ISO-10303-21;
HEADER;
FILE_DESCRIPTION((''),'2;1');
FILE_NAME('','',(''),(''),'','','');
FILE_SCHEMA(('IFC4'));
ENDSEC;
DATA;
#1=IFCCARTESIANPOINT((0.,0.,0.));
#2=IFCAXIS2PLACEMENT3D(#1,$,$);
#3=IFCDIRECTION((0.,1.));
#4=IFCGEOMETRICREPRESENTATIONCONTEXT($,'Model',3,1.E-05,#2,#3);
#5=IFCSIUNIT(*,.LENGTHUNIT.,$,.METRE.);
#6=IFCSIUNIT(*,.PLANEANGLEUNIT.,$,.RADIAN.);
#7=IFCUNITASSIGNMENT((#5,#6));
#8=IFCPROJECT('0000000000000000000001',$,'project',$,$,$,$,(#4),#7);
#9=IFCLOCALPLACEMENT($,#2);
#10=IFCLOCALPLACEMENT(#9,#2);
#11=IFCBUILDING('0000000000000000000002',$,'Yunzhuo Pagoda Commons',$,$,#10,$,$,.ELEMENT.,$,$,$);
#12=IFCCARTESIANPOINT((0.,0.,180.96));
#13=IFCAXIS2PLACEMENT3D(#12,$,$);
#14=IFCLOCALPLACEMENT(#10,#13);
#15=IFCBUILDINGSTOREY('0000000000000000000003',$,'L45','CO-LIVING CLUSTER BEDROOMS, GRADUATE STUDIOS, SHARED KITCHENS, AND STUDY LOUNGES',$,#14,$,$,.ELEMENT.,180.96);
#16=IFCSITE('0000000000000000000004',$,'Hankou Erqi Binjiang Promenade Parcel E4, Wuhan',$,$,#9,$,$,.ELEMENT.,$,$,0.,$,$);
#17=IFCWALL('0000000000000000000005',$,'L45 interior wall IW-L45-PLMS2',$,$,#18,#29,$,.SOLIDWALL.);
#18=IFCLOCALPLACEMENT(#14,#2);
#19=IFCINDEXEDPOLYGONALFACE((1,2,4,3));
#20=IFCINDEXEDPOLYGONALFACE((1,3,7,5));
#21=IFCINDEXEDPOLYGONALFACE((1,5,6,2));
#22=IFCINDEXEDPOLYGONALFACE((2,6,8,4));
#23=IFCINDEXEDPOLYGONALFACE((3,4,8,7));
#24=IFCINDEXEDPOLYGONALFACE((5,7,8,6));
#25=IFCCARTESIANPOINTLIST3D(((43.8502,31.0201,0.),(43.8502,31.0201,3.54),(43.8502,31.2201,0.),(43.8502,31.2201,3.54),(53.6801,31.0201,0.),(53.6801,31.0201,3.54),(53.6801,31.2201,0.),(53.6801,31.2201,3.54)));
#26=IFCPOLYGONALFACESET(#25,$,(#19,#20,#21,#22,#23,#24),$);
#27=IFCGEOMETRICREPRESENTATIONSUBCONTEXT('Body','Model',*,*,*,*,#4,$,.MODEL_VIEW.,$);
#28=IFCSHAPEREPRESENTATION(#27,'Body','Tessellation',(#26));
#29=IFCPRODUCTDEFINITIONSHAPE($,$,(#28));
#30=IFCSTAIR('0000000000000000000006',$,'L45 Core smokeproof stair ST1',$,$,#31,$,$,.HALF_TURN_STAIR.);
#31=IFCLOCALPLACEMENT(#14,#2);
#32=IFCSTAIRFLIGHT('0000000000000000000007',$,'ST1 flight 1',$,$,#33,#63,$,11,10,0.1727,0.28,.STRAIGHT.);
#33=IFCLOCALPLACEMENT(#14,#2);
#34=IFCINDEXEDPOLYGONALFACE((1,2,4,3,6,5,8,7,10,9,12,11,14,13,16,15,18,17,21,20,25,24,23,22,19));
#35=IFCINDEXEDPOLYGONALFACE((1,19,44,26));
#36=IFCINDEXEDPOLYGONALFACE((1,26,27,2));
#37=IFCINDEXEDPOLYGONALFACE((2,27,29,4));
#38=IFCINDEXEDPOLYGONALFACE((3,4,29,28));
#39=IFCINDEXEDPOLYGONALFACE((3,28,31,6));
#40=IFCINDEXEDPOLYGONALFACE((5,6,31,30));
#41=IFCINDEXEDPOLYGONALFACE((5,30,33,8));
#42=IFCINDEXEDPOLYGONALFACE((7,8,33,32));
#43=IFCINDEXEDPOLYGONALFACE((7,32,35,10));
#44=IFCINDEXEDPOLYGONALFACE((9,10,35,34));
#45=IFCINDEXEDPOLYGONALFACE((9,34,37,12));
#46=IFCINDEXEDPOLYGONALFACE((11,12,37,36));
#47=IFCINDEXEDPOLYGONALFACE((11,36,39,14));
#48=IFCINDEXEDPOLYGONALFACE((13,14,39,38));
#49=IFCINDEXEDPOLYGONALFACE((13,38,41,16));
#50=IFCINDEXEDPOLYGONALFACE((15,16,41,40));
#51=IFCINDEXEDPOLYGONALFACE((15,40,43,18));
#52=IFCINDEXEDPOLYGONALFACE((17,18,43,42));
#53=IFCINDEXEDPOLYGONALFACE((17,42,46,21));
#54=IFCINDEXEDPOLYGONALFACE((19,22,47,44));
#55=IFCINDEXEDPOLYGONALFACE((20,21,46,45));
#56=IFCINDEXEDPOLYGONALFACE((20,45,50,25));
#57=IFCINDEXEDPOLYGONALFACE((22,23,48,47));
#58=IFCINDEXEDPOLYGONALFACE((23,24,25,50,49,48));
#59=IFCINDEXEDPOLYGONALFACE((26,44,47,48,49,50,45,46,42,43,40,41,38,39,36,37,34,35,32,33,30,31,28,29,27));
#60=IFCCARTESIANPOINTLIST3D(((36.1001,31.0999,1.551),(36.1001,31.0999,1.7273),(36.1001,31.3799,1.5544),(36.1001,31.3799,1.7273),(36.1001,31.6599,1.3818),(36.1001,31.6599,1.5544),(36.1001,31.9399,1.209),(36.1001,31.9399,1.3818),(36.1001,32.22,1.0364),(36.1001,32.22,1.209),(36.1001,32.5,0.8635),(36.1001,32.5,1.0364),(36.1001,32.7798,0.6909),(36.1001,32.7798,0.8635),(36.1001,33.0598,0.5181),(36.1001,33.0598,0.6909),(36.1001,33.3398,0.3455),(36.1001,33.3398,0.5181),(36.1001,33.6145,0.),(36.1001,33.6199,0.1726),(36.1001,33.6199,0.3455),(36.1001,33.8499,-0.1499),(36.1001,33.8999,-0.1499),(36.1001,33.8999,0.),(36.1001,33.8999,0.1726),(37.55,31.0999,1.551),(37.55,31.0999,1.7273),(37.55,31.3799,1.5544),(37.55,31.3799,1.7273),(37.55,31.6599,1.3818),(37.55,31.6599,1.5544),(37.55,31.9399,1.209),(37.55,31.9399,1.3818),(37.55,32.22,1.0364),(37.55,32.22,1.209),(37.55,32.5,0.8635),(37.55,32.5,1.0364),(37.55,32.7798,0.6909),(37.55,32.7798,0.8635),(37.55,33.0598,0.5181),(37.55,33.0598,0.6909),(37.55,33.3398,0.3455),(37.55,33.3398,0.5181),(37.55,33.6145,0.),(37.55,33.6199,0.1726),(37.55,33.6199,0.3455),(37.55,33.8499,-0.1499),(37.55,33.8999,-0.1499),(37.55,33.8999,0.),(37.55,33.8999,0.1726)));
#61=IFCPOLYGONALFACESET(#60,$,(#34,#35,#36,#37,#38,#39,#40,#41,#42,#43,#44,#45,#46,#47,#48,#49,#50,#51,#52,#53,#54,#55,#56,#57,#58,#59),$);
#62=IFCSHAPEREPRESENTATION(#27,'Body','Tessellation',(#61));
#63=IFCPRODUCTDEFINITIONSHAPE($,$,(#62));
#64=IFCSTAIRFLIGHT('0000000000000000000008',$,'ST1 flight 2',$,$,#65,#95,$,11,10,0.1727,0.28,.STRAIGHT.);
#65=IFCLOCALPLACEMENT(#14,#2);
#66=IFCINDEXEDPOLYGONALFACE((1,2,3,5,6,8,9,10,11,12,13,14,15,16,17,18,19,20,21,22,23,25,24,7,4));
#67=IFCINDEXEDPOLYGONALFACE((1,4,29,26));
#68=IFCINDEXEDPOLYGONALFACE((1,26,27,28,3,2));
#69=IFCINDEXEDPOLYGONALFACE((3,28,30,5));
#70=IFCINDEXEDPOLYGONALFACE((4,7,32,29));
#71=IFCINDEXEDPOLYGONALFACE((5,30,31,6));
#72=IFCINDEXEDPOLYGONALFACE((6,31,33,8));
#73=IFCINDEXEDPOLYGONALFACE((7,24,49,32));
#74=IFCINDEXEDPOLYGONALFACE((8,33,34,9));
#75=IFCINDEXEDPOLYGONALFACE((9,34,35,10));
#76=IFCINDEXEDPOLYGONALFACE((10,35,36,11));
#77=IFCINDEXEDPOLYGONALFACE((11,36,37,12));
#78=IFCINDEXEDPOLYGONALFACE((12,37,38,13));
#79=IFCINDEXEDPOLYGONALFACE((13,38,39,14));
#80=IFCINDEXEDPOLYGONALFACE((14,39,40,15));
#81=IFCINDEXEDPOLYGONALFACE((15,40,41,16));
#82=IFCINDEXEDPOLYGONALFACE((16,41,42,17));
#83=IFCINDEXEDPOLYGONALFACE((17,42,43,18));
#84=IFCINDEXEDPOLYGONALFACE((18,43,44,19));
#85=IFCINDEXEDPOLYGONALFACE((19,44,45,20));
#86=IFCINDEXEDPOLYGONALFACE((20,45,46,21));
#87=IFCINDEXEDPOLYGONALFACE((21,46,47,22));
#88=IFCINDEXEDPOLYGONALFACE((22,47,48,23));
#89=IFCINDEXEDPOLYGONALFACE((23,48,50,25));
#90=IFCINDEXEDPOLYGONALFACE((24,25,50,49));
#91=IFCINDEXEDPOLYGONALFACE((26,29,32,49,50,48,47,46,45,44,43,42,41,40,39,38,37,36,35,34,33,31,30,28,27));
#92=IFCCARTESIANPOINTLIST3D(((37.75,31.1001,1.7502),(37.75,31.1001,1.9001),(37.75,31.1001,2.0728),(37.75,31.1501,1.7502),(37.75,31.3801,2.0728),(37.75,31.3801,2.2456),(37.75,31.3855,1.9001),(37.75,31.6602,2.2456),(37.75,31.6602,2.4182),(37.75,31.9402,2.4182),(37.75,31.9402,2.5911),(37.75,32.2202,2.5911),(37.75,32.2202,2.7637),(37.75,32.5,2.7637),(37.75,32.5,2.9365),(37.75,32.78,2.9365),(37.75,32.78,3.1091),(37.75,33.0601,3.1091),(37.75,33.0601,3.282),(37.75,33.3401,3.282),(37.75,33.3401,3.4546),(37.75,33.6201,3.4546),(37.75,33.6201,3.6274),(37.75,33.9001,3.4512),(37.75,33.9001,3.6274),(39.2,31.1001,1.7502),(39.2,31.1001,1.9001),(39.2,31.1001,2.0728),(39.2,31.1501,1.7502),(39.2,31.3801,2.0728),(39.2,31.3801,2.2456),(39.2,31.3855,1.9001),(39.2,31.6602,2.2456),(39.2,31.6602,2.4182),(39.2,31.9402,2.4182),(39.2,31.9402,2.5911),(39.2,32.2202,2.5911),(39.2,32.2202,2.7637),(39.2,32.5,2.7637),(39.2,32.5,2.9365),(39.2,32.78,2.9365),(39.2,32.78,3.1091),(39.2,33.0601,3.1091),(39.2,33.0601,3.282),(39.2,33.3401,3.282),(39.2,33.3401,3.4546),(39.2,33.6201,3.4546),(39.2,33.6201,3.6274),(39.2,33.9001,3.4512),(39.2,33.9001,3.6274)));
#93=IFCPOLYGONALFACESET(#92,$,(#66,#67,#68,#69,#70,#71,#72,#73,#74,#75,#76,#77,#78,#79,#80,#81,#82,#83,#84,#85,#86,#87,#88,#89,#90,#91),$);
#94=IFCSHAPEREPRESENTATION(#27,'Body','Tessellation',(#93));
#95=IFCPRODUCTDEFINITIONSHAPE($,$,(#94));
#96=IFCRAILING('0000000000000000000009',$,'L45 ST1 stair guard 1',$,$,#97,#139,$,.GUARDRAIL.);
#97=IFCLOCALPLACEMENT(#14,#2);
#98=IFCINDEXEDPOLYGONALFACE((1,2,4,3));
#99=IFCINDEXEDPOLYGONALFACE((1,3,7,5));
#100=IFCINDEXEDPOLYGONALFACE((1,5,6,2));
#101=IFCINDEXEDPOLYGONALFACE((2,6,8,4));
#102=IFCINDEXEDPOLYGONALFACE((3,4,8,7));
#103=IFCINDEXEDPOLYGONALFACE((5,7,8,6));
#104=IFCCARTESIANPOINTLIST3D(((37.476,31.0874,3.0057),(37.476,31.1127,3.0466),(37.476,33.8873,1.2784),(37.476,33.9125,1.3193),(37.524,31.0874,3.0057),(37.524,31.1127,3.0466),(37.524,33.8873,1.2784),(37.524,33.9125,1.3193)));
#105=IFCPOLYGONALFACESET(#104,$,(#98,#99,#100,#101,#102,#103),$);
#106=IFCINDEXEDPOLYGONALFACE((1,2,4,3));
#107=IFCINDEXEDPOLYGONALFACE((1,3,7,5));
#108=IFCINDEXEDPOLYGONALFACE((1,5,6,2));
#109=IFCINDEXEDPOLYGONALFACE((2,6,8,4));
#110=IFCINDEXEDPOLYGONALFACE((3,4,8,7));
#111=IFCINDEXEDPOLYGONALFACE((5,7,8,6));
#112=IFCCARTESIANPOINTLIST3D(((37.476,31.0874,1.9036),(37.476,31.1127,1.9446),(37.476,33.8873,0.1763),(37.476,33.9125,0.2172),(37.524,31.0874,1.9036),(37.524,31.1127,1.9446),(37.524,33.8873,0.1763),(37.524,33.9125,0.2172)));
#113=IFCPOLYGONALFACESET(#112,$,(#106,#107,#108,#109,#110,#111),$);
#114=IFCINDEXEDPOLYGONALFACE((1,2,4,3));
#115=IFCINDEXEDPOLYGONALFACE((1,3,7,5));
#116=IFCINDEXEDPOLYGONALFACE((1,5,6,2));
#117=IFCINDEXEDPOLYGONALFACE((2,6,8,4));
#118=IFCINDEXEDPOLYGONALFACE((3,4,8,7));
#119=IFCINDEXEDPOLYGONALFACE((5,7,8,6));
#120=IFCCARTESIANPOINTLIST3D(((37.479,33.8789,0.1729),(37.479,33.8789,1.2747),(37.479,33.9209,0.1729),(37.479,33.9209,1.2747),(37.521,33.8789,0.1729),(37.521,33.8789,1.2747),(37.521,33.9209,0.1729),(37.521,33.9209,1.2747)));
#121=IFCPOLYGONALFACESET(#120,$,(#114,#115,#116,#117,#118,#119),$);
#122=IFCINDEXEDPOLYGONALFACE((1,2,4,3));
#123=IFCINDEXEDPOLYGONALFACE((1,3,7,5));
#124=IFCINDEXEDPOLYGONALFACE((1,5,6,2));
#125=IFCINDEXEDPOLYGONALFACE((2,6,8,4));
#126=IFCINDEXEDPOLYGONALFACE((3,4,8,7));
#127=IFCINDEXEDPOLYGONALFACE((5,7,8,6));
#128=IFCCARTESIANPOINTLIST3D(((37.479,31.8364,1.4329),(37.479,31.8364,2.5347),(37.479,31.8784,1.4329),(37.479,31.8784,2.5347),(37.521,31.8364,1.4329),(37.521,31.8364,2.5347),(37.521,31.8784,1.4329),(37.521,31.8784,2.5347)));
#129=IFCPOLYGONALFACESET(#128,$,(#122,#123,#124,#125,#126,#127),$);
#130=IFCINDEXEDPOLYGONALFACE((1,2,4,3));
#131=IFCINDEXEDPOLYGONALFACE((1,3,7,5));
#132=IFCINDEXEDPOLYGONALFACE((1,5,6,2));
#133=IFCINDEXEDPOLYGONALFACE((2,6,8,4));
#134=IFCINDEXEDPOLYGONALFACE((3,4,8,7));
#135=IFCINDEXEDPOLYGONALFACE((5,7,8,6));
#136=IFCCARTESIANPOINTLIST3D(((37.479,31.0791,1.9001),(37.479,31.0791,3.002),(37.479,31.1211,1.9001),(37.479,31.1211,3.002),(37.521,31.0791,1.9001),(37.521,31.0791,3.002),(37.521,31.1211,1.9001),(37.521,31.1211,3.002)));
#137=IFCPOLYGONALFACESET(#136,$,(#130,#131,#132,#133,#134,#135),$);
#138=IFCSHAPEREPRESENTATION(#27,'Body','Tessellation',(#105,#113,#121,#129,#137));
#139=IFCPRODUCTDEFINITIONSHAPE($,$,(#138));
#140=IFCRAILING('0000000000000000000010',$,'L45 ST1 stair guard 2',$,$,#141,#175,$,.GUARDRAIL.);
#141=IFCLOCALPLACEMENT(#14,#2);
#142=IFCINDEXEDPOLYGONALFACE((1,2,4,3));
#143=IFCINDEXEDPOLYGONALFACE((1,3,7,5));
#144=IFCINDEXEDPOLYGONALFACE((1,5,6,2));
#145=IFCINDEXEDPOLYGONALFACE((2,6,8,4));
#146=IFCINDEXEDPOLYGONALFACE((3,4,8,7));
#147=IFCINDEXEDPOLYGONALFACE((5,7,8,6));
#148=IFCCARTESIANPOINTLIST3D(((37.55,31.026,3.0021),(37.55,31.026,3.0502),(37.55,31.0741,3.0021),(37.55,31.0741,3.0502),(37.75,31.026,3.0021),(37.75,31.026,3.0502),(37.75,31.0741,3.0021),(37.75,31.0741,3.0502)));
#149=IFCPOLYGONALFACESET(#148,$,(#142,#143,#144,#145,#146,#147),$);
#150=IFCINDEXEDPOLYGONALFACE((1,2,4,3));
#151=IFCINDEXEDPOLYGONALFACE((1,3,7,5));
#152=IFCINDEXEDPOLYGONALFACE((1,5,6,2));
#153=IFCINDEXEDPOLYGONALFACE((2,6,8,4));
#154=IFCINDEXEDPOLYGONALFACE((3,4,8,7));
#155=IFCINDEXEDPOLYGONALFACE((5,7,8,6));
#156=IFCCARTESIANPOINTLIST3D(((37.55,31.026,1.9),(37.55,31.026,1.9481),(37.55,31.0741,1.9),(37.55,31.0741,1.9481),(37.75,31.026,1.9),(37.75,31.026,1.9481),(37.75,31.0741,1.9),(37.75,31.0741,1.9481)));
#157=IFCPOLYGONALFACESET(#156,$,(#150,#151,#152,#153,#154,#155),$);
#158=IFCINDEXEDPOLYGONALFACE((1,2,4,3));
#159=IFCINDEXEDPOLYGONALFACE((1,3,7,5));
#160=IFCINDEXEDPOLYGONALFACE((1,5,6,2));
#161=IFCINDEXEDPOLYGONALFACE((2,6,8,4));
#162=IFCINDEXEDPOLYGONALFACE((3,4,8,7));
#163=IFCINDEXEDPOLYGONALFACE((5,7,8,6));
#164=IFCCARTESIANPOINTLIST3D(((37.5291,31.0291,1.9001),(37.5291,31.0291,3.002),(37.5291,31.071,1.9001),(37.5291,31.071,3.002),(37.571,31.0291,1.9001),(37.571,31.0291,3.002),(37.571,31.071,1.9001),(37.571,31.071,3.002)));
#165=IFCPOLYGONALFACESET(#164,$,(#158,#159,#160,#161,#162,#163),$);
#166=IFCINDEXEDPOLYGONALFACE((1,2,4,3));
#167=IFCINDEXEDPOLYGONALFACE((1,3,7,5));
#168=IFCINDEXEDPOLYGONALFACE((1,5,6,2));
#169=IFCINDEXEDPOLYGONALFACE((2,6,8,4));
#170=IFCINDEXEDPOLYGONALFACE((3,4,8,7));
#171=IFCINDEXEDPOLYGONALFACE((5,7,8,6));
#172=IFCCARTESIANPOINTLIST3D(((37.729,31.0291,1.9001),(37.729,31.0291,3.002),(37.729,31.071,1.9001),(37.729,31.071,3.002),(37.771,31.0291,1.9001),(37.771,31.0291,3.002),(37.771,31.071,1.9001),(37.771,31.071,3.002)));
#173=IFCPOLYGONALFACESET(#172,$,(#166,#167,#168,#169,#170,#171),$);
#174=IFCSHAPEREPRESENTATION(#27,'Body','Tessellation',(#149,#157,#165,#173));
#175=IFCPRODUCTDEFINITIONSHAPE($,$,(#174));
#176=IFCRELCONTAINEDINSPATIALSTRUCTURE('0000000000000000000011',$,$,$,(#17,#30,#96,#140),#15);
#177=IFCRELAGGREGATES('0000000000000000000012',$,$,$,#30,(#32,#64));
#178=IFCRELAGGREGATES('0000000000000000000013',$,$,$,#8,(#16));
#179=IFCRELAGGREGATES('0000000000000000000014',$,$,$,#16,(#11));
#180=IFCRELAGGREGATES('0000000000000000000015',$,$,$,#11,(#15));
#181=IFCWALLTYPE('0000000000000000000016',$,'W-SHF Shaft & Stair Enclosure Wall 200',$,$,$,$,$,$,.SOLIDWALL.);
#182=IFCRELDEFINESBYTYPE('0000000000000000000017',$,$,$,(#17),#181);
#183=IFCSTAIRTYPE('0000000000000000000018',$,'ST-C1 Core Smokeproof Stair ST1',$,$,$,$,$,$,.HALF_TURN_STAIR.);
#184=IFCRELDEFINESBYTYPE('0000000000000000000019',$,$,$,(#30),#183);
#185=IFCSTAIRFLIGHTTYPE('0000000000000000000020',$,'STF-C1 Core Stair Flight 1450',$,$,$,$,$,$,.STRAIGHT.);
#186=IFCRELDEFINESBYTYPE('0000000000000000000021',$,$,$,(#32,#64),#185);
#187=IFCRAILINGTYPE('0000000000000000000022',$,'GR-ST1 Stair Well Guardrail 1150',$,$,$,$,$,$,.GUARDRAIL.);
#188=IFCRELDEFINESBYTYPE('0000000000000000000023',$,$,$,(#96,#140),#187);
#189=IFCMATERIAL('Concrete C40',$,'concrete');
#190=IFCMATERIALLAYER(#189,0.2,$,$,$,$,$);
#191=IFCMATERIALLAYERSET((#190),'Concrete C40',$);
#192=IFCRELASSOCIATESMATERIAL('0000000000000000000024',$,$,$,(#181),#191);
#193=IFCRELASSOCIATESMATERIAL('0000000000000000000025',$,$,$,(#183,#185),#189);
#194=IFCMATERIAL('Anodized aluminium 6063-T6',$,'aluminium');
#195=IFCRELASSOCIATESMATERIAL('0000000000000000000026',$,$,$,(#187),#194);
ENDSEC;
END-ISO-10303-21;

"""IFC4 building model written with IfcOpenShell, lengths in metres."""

from ifc_helpers import new_model, si_unit, direction, frame, frame_2d, origin, origin_2d, place, context, subcontext, project, spatial, polyline, rectangle, outline, extrude, source, transform, mapped, material, layer, layer_set, type_object, element, aggregate, save


model = new_model("IFC4")

# Units and contexts
model_context = context("Model", 3, precision=1e-05, world=origin(), true_north=direction((0.0, 1.0)))
body_context = subcontext(model_context, "Body", "Model", "MODEL_VIEW")
ifc_project = project(units=[si_unit("LENGTHUNIT", "METRE"), si_unit("PLANEANGLEUNIT", "RADIAN")], contexts=[model_context])

# Site, building, storey
site_placement = place(None, origin())
site = spatial("IfcSite", under=ifc_project, at=site_placement, Name="Hankou Erqi Binjiang Promenade Parcel E4, Wuhan", CompositionType="ELEMENT", RefElevation=0.0)
building_placement = place(site_placement, origin())
building = spatial("IfcBuilding", under=site, at=building_placement, Name="Yunzhuo Pagoda Commons", CompositionType="ELEMENT")
storey_placement = place(building_placement, frame((0.0, 0.0, 180.96)))
storey = spatial("IfcBuildingStorey", under=building, at=storey_placement, Name="L45", Description="CO-LIVING CLUSTER BEDROOMS, GRADUATE STUDIOS, SHARED KITCHENS, AND STUDY LOUNGES", CompositionType="ELEMENT", Elevation=180.96)

# Shared definitions
ifc_material_1 = material(Name="Concrete C40", Category="concrete")
ifc_layer = layer(ifc_material_1, 0.2)
ifc_layer_set = layer_set([ifc_layer], Name="Concrete C40")
wall_type = type_object("IfcWallType", Name="W-SHF Shaft & Stair Enclosure Wall 200", PredefinedType="SOLIDWALL", material=ifc_layer_set)

# Wall
wall_1_placement = place(storey_placement, frame((43.8501, 31.1201, 0.0), z_axis=(0.0, 0.0, 1.0), x_axis=(1.0, 0.0, 0.0)))
element("IfcWall", 1, at=wall_1_placement, inside=storey, type_object=wall_type, Name="L45 interior wall IW-L45-PLMS2", PredefinedType="SOLIDWALL", context=body_context, shape_type="SweptSolid", body=[
    extrude(rectangle(XDim=9.8298, YDim=0.2, at=frame_2d((4.915, 0.0))), origin(), (0.0, 0.0, 1.0), 3.54),
])

# Stair, stair flights
stair_type = type_object("IfcStairType", Name="ST-C1 Core Smokeproof Stair ST1", PredefinedType="HALF_TURN_STAIR", material=ifc_material_1)
stair_placement = place(storey_placement, origin())
stair = element("IfcStair", 2, at=stair_placement, inside=storey, type_object=stair_type, Name="L45 Core smokeproof stair ST1", PredefinedType="HALF_TURN_STAIR")
stair_flight_type = type_object("IfcStairFlightType", Name="STF-C1 Core Stair Flight 1450", PredefinedType="STRAIGHT", material=ifc_material_1)
shared_shape_1 = source(origin(), body_context, "Body", "SweptSolid", [
    extrude(outline(polyline([(0.0, -0.1499), (0.0, 0.0), (0.0, 0.1726), (0.28, 0.1726), (0.28, 0.3455), (0.5601, 0.3455), (0.5601, 0.5181), (0.8401, 0.5181), (0.8401, 0.6909), (1.1201, 0.6909), (1.1201, 0.8635), (1.3999, 0.8635), (1.3999, 1.0364), (1.6799, 1.0364), (1.6799, 1.209), (1.96, 1.209), (1.96, 1.3818), (2.24, 1.3818), (2.24, 1.5544), (2.52, 1.5544), (2.52, 1.7273), (2.8, 1.7273), (2.8, 1.8999), (2.8, 1.551), (0.2854, 0.0), (0.05, -0.1499), (0.0, -0.1499)])), frame((0.0, 0.7251, 0.0), z_axis=(0.0, -1.0, 0.0), x_axis=(1.0, 0.0, 0.0)), (0.0, 0.0, 1.0), 1.45),
])
stair_flight_1_placement = place(storey_placement, frame((36.825, 33.8999, 0.0), z_axis=(0.0, 0.0, 1.0), x_axis=(0.0, -1.0, 0.0)))
stair_flight_1 = element("IfcStairFlight", 3, at=stair_flight_1_placement, type_object=stair_flight_type, Name="ST1 flight 1", NumberOfRisers=11, NumberOfTreads=10, PredefinedType="STRAIGHT", RiserHeight=0.1727, TreadLength=0.28, context=body_context, shape_type="MappedRepresentation", body=[
    mapped(shared_shape_1, transform((0.0, 0.0, 0.0), scale=1.0)),
])
stair_flight_2_placement = place(storey_placement, frame((38.4751, 31.1001, 1.9001), z_axis=(0.0, 0.0, 1.0), x_axis=(0.0, 1.0, 0.0)))
stair_flight_2 = element("IfcStairFlight", 4, at=stair_flight_2_placement, type_object=stair_flight_type, Name="ST1 flight 2", NumberOfRisers=11, NumberOfTreads=10, PredefinedType="STRAIGHT", RiserHeight=0.1727, TreadLength=0.28, context=body_context, shape_type="MappedRepresentation", body=[
    mapped(shared_shape_1, transform((0.0, 0.0, 0.0), scale=1.0)),
])
aggregate(stair, [stair_flight_1, stair_flight_2])

# Railings
ifc_material_2 = material(Name="Anodized aluminium 6063-T6", Category="aluminium")
railing_type_1 = type_object("IfcRailingType", Name="GR-ST1 Stair Well Guardrail 1150", PredefinedType="GUARDRAIL", material=ifc_material_2)
railing_1_placement = place(storey_placement, frame((37.5, 33.8999, 0.1729)))
element("IfcRailing", 5, at=railing_1_placement, inside=storey, type_object=railing_type_1, Name="L45 ST1 stair guard 1", PredefinedType="GUARDRAIL", context=body_context, shape_type="SweptSolid", body=[
    extrude(rectangle(XDim=0.0481, YDim=0.0481, at=origin_2d()), frame((0.0, 0.0, 1.126), z_axis=(0.0, -0.851069, 0.525054), x_axis=(1.0, 0.0, 0.0)), (0.0, 0.0, 1.0), 3.2898),
    extrude(rectangle(XDim=0.0481, YDim=0.0481, at=origin_2d()), frame((0.0, 0.0, 0.0239), z_axis=(0.0, -0.851069, 0.525054), x_axis=(1.0, 0.0, 0.0)), (0.0, 0.0, 1.0), 3.2898),
    extrude(rectangle(XDim=0.042, YDim=0.042, at=origin_2d()), origin(), (0.0, 0.0, 1.0), 1.1018),
    extrude(rectangle(XDim=0.042, YDim=0.042, at=origin_2d()), frame((0.0, -2.0425, 1.26)), (0.0, 0.0, 1.0), 1.1018),
    extrude(rectangle(XDim=0.042, YDim=0.042, at=origin_2d()), frame((0.0, -2.7998, 1.7273)), (0.0, 0.0, 1.0), 1.1018),
])
railing_2_placement = place(storey_placement, frame((37.55, 31.05, 1.9001)))
element("IfcRailing", 6, at=railing_2_placement, inside=storey, type_object=railing_type_1, Name="L45 ST1 stair guard 2", PredefinedType="GUARDRAIL", context=body_context, shape_type="SweptSolid", body=[
    extrude(rectangle(XDim=0.0481, YDim=0.0481, at=origin_2d()), frame((0.0, 0.0, 1.126), z_axis=(1.0, 0.0, 0.0), x_axis=(0.0, 1.0, 0.0)), (0.0, 0.0, 1.0), 0.2),
    extrude(rectangle(XDim=0.0481, YDim=0.0481, at=origin_2d()), frame((0.0, 0.0, 0.0239), z_axis=(1.0, 0.0, 0.0), x_axis=(0.0, 1.0, 0.0)), (0.0, 0.0, 1.0), 0.2),
    extrude(rectangle(XDim=0.042, YDim=0.042, at=origin_2d()), origin(), (0.0, 0.0, 1.0), 1.1018),
    extrude(rectangle(XDim=0.042, YDim=0.042, at=origin_2d()), frame((0.2, 0.0, 0.0)), (0.0, 0.0, 1.0), 1.1018),
])

save(model, "model.ifc")
